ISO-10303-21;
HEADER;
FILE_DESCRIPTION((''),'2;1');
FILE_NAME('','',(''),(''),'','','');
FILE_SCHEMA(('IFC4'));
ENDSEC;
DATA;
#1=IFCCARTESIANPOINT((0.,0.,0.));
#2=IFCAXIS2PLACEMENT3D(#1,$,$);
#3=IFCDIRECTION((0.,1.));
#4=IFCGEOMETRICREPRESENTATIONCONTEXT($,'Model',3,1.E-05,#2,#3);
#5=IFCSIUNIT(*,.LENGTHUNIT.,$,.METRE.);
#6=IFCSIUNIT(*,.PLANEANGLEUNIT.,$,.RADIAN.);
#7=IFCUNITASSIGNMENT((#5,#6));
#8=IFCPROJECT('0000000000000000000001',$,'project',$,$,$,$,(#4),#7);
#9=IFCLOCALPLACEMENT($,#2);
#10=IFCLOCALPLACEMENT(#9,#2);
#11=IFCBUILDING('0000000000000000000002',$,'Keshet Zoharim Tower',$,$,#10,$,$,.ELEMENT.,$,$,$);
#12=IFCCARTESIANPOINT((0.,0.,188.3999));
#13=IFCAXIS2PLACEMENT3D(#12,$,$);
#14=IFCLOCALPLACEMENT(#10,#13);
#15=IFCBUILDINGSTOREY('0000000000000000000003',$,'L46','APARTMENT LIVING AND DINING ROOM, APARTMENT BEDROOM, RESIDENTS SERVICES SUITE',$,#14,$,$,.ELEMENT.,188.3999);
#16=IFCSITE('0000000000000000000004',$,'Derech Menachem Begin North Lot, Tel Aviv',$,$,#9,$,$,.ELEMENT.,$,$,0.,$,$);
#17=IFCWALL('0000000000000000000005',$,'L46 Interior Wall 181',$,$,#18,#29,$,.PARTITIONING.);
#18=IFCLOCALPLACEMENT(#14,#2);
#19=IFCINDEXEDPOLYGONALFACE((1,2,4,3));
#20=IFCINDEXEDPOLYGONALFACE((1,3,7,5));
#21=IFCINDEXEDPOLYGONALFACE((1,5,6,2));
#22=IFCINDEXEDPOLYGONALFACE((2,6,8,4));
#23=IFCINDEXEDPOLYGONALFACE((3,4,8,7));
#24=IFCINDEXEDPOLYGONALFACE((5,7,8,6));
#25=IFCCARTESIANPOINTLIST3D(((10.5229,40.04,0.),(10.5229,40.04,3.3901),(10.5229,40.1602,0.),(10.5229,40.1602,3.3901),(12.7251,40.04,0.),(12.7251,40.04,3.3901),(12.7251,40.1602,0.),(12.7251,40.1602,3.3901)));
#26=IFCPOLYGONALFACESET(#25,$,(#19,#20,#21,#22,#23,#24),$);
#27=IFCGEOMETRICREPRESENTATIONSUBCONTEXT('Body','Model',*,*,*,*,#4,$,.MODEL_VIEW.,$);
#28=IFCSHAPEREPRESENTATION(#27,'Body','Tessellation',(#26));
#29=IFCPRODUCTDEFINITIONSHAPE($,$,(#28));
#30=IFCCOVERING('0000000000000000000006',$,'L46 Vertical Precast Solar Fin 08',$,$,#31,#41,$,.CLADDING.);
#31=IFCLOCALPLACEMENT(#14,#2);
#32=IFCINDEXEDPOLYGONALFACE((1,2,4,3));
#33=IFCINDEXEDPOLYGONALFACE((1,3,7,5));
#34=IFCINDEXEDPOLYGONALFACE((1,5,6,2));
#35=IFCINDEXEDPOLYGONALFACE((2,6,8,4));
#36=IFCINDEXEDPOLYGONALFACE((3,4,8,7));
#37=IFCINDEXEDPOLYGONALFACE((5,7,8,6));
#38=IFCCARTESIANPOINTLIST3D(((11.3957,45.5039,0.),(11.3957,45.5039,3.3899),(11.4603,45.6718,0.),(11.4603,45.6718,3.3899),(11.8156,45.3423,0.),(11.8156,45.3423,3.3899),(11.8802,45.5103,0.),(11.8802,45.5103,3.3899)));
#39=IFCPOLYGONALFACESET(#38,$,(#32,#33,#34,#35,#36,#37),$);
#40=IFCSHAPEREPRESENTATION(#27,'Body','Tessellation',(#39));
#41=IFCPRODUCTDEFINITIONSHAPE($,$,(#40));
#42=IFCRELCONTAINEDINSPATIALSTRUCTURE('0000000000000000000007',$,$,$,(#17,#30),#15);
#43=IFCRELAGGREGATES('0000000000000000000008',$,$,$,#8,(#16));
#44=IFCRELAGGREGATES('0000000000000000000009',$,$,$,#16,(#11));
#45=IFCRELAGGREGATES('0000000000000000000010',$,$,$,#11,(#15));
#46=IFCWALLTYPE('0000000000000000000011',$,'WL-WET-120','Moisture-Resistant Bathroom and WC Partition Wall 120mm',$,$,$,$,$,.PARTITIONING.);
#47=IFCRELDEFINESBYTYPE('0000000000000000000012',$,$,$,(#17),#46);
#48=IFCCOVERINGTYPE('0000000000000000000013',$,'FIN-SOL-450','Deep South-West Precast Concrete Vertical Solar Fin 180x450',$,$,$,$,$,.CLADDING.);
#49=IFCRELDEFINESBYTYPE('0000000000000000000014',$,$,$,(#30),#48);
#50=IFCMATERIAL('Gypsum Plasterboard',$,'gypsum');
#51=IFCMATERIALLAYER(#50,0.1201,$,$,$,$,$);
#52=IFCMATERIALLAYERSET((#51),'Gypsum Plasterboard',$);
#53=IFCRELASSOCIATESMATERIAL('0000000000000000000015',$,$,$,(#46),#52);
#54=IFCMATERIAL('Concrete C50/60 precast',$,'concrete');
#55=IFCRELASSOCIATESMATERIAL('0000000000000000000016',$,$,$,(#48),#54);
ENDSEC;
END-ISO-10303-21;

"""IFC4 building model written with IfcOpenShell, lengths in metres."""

from ifc_helpers import new_model, si_unit, direction, frame, frame_2d, origin, origin_2d, place, context, subcontext, project, spatial, rectangle, extrude, material, layer, layer_set, type_object, element, save


model = new_model("IFC4")

# Units and contexts
model_context = context("Model", 3, precision=1e-05, world=origin(), true_north=direction((0.0, 1.0)))
body_context = subcontext(model_context, "Body", "Model", "MODEL_VIEW")
ifc_project = project(units=[si_unit("LENGTHUNIT", "METRE"), si_unit("PLANEANGLEUNIT", "RADIAN")], contexts=[model_context])

# Site, building, storey
site_placement = place(None, origin())
site = spatial("IfcSite", under=ifc_project, at=site_placement, Name="Derech Menachem Begin North Lot, Tel Aviv", CompositionType="ELEMENT", RefElevation=0.0)
building_placement = place(site_placement, origin())
building = spatial("IfcBuilding", under=site, at=building_placement, Name="Keshet Zoharim Tower", CompositionType="ELEMENT")
storey_placement = place(building_placement, frame((0.0, 0.0, 188.3999)))
storey = spatial("IfcBuildingStorey", under=building, at=storey_placement, Name="L46", Description="APARTMENT LIVING AND DINING ROOM, APARTMENT BEDROOM, RESIDENTS SERVICES SUITE", CompositionType="ELEMENT", Elevation=188.3999)

# Shared definitions
ifc_material_1 = material(Name="Gypsum Plasterboard", Category="gypsum")

# Wall
ifc_layer_1 = layer(ifc_material_1, 0.1201)
ifc_layer_set_1 = layer_set([ifc_layer_1], Name="Gypsum Plasterboard")
wall_type_1 = type_object("IfcWallType", Name="WL-WET-120", Description="Moisture-Resistant Bathroom and WC Partition Wall 120mm", PredefinedType="PARTITIONING", material=ifc_layer_set_1)
wall_1_placement = place(storey_placement, frame((10.5229, 40.1001, 0.0), z_axis=(0.0, 0.0, 1.0), x_axis=(1.0, 0.0, 0.0)))
element("IfcWall", 1, at=wall_1_placement, inside=storey, type_object=wall_type_1, Name="L46 Interior Wall 181", PredefinedType="PARTITIONING", context=body_context, shape_type="SweptSolid", body=[
    extrude(rectangle(XDim=2.2021, YDim=0.1201, at=frame_2d((1.1011, 0.0))), origin(), (0.0, 0.0, 1.0), 3.3901),
])

# Covering
ifc_material_2 = material(Name="Concrete C50/60 precast", Category="concrete")
covering_type = type_object("IfcCoveringType", Name="FIN-SOL-450", Description="Deep South-West Precast Concrete Vertical Solar Fin 180x450", PredefinedType="CLADDING", material=ifc_material_2)
covering_placement = place(storey_placement, frame((11.6379, 45.5071, 0.0), z_axis=(0.0, 0.0, 1.0), x_axis=(0.35899, 0.933341, 0.0)))
element("IfcCovering", 2, at=covering_placement, inside=storey, type_object=covering_type, Name="L46 Vertical Precast Solar Fin 08", PredefinedType="CLADDING", context=body_context, shape_type="SweptSolid", body=[
    extrude(rectangle(XDim=0.1799, YDim=0.45, at=origin_2d()), origin(), (0.0, 0.0, 1.0), 3.3899),
])

save(model, "model.ifc")
